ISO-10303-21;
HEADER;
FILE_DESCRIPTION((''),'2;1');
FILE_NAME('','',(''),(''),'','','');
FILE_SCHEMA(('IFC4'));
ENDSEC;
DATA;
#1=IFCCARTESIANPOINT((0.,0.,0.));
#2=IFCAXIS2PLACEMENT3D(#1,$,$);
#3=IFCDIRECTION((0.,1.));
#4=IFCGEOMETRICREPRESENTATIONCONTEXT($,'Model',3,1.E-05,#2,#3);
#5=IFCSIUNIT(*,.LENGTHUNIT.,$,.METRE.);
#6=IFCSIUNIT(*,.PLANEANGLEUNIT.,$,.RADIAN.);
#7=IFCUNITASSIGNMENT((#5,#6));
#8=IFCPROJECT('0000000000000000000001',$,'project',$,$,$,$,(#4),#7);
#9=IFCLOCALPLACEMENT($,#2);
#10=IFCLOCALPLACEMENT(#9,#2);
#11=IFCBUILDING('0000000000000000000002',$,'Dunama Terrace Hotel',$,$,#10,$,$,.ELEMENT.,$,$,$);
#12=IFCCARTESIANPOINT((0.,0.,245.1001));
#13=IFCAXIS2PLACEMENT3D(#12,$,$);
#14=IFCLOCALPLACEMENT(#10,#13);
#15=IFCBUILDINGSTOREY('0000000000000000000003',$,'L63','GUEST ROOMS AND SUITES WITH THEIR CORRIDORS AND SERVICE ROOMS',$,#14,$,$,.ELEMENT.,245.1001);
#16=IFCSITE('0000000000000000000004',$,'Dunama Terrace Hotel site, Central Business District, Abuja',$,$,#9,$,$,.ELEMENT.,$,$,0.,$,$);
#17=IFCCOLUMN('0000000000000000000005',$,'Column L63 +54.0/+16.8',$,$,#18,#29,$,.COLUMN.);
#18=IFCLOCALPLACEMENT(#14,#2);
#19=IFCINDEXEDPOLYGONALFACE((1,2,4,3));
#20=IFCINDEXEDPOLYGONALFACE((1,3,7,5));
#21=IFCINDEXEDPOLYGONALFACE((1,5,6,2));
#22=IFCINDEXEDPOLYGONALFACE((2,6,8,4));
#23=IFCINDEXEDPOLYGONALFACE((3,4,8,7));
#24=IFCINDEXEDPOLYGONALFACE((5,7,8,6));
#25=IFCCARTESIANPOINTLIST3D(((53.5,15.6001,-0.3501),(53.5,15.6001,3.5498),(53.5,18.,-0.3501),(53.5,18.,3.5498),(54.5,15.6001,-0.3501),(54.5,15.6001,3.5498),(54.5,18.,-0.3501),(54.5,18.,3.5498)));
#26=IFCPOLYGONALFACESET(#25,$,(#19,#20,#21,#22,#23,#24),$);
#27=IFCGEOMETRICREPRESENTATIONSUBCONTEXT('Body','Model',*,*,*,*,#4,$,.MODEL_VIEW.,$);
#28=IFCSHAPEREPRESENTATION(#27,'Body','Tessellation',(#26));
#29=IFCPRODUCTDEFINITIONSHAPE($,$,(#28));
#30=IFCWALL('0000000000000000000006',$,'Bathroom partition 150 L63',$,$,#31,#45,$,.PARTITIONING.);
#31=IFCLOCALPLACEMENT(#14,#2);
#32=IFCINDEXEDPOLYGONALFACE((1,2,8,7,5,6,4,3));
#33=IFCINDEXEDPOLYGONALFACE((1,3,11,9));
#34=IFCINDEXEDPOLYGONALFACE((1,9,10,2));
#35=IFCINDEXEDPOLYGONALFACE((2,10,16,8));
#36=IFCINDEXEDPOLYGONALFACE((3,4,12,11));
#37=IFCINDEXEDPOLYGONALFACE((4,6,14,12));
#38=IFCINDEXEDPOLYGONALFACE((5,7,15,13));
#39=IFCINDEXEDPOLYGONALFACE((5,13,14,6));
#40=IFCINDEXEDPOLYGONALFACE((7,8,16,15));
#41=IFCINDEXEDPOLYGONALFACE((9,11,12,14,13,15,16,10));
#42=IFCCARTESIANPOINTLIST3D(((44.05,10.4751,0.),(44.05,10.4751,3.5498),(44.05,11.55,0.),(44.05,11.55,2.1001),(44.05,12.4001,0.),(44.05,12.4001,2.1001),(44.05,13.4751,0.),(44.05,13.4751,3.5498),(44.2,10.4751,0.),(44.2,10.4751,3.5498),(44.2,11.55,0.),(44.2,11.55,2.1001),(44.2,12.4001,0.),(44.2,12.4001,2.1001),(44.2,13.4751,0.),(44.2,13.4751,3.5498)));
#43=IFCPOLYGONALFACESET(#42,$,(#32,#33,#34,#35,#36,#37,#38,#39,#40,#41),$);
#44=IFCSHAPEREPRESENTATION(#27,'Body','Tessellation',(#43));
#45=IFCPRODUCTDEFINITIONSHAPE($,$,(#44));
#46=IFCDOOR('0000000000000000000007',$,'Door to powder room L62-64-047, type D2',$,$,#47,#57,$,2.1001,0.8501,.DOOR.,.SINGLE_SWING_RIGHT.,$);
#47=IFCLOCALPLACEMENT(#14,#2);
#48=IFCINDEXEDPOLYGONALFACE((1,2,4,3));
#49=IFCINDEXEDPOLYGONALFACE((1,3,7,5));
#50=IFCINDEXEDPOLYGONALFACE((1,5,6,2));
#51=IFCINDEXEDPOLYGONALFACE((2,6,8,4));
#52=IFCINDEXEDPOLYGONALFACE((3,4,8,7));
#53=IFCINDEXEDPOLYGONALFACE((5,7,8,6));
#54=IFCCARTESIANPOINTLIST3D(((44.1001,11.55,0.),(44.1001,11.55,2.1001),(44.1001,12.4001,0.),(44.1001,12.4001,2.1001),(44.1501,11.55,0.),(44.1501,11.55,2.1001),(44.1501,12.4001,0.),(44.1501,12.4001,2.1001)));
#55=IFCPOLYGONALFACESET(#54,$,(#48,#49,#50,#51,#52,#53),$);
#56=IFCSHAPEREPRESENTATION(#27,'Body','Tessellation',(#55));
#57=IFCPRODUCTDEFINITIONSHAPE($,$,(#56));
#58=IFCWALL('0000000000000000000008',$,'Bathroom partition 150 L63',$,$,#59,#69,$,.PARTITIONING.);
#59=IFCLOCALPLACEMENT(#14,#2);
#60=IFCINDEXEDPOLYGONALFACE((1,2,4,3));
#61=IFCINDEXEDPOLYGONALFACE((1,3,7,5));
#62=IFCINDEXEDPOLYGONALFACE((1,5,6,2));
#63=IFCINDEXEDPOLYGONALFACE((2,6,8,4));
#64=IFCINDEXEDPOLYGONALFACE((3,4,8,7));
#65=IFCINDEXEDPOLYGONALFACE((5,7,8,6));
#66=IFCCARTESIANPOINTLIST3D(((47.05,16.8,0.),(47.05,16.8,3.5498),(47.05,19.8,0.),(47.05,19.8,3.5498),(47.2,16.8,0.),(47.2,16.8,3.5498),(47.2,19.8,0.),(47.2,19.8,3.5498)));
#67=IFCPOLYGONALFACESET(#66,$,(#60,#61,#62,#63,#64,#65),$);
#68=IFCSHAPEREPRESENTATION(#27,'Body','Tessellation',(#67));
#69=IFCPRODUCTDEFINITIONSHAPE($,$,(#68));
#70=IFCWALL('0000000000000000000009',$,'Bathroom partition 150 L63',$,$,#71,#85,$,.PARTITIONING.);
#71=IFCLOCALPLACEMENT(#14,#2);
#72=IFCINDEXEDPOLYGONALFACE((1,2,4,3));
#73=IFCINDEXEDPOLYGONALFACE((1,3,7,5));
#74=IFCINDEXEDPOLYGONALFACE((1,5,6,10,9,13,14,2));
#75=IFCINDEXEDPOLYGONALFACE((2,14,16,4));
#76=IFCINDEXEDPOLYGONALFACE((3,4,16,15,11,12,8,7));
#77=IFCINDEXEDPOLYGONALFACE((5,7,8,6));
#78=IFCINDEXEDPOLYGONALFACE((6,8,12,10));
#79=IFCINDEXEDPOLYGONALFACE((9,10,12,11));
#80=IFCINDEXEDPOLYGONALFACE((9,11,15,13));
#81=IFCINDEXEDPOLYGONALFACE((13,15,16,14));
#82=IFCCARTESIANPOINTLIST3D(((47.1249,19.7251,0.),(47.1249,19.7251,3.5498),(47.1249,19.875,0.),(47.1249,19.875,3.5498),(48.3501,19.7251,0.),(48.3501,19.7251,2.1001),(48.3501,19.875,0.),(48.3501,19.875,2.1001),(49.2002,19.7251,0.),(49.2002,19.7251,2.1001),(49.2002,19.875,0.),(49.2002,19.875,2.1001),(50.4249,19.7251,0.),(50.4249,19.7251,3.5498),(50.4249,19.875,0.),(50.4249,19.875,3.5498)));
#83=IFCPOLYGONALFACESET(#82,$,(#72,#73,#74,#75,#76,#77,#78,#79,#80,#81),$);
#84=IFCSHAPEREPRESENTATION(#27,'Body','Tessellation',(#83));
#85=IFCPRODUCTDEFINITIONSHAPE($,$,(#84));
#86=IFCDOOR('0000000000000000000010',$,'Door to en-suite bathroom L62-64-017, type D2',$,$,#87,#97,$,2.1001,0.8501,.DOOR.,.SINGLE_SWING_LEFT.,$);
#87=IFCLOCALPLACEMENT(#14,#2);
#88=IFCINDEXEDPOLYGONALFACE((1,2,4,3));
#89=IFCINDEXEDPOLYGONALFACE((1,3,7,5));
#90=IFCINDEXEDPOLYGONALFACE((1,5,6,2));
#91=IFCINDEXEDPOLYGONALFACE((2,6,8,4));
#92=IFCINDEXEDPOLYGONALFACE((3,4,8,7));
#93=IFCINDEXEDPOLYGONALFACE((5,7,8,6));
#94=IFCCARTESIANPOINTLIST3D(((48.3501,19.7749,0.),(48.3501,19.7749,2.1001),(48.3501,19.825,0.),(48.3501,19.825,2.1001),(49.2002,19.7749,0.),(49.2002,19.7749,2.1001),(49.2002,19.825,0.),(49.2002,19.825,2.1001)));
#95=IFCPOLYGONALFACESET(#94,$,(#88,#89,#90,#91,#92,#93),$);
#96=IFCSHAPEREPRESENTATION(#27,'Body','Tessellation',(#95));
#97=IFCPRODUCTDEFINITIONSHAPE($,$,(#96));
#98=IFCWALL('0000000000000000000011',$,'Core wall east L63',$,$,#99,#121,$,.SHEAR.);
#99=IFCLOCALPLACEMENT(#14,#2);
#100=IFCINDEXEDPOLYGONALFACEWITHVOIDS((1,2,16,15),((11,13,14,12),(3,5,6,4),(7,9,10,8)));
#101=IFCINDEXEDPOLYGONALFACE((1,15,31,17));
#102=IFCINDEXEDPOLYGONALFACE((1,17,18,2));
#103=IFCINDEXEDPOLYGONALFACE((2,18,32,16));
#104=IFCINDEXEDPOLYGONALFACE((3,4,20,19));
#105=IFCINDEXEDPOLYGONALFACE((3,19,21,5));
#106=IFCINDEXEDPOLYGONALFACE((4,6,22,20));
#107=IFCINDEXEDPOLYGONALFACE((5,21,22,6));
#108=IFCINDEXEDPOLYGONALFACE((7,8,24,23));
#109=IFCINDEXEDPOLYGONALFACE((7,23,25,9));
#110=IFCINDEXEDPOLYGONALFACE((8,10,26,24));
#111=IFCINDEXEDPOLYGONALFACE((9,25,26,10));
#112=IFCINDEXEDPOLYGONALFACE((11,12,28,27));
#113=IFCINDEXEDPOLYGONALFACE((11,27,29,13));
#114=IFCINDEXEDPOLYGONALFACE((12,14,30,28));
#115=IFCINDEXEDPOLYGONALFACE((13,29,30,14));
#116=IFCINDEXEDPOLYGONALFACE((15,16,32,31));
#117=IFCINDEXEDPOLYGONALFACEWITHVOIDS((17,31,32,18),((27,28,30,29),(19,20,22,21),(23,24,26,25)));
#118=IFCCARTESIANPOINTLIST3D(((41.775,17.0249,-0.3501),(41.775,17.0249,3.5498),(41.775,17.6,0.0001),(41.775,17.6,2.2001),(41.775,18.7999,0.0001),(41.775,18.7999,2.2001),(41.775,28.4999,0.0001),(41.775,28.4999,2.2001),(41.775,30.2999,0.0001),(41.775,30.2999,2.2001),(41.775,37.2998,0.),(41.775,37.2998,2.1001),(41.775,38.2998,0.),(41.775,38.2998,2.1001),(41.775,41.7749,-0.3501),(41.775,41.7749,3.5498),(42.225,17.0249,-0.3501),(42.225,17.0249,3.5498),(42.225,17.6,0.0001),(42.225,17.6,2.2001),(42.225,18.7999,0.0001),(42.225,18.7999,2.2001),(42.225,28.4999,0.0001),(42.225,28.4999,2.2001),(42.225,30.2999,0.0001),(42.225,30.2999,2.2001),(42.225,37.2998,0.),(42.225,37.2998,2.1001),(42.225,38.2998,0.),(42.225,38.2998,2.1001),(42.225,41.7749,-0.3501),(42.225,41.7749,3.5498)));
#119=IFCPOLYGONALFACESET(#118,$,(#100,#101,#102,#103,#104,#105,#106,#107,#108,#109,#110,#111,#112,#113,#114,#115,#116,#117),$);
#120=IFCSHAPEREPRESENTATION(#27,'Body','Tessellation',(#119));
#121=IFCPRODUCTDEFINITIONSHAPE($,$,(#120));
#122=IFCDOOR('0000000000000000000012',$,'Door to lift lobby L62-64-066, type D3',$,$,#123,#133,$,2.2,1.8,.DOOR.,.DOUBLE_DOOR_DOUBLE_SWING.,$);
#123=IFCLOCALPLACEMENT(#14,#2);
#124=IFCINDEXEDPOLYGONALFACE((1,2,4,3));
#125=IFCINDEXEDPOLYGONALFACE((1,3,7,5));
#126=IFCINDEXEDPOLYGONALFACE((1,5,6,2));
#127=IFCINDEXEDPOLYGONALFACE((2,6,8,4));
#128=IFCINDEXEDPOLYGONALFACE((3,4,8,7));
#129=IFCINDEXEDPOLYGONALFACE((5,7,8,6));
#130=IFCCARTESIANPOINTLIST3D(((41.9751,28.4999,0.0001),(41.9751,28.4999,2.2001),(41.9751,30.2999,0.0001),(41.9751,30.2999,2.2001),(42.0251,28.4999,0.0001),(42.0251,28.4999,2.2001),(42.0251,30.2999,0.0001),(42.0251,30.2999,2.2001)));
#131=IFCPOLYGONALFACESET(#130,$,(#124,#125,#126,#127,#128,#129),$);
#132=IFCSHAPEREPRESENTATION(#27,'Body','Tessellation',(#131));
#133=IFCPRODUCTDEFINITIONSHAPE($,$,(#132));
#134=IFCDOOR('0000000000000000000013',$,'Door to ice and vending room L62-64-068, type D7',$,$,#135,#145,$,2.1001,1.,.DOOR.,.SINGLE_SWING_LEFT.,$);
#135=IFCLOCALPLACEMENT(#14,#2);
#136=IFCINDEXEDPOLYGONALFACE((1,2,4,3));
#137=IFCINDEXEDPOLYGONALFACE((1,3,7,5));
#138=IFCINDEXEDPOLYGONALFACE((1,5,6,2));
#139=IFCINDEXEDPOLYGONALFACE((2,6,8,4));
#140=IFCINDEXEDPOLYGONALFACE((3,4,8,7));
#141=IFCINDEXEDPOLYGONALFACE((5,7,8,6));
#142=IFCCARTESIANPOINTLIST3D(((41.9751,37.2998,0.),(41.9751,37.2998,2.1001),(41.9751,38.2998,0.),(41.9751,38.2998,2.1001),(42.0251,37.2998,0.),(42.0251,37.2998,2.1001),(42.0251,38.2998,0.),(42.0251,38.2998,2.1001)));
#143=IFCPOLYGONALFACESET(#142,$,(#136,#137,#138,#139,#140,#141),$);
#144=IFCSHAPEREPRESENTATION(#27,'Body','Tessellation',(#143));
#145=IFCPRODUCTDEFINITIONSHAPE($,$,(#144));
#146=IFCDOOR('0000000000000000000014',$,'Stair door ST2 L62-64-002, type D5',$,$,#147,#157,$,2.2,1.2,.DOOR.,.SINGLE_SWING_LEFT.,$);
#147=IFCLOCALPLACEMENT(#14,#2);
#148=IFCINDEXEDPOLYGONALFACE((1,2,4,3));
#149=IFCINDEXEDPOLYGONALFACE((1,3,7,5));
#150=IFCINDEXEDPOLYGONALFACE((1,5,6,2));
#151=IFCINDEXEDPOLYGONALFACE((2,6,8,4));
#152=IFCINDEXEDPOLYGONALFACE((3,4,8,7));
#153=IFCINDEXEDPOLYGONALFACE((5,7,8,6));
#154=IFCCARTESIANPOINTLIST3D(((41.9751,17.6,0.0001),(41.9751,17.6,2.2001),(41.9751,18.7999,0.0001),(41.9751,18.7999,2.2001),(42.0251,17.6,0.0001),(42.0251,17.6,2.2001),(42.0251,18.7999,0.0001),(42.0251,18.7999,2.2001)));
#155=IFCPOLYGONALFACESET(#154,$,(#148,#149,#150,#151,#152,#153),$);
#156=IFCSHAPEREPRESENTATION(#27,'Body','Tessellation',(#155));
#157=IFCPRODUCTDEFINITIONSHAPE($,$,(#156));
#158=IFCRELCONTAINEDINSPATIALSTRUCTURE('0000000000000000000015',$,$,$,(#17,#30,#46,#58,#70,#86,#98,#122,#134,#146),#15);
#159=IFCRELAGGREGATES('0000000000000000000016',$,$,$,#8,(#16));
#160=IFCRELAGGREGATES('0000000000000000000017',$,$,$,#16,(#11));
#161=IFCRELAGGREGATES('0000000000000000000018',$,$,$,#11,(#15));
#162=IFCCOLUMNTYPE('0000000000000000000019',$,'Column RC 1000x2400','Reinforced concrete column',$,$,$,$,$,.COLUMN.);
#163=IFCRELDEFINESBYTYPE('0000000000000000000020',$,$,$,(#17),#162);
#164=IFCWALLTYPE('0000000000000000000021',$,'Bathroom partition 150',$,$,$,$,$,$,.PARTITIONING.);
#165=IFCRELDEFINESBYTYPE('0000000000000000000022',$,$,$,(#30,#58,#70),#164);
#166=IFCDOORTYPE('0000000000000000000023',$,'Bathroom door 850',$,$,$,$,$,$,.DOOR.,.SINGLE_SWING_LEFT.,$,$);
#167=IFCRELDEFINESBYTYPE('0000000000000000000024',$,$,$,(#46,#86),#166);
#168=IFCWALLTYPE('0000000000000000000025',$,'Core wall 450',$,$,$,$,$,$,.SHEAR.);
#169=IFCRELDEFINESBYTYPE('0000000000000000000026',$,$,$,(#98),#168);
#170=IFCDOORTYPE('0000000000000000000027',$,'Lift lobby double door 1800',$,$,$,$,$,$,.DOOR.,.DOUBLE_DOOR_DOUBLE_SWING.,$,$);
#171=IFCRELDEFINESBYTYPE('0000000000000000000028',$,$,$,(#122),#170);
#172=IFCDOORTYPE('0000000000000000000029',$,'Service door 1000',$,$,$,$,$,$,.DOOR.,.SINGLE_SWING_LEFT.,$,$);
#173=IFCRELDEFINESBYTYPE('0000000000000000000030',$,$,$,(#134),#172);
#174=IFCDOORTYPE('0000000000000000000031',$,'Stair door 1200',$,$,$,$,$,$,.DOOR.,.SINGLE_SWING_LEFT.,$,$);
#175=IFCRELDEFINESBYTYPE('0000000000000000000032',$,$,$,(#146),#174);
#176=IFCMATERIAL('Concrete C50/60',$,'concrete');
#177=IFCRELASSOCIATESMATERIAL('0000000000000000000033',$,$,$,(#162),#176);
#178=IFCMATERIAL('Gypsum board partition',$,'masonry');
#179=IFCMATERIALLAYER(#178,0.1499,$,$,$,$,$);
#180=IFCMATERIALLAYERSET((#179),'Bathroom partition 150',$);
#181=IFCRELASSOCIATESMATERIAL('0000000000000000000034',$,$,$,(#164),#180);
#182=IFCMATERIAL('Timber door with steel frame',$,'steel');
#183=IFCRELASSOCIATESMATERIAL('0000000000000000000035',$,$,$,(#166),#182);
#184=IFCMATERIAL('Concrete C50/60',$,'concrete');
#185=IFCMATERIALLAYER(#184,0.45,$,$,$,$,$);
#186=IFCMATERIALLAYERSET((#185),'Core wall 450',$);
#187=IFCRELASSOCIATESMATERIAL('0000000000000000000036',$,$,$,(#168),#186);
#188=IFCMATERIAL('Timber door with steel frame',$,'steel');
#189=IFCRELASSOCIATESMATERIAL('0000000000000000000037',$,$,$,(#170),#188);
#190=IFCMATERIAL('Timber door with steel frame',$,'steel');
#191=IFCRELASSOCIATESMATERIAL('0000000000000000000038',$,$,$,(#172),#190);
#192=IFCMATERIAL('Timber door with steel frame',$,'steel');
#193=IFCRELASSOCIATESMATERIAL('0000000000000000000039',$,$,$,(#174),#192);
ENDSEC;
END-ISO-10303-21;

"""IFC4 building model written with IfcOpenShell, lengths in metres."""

from ifc_helpers import new_model, si_unit, direction, frame, frame_2d, origin, origin_2d, place, context, subcontext, project, spatial, rectangle, extrude, material, layer, layer_set, material_profile, profile_set, type_object, element, fill, save


model = new_model("IFC4")

# Units and contexts
model_context = context("Model", 3, precision=1e-05, world=origin(), true_north=direction((0.0, 1.0)))
body_context = subcontext(model_context, "Body", "Model", "MODEL_VIEW")
ifc_project = project(units=[si_unit("LENGTHUNIT", "METRE"), si_unit("PLANEANGLEUNIT", "RADIAN")], contexts=[model_context])

# Site, building, storey
site_placement = place(None, origin())
site = spatial("IfcSite", under=ifc_project, at=site_placement, Name="Dunama Terrace Hotel site, Central Business District, Abuja", CompositionType="ELEMENT", RefElevation=0.0)
building_placement = place(site_placement, origin())
building = spatial("IfcBuilding", under=site, at=building_placement, Name="Dunama Terrace Hotel", CompositionType="ELEMENT")
storey_placement = place(building_placement, frame((0.0, 0.0, 245.1001)))
storey = spatial("IfcBuildingStorey", under=building, at=storey_placement, Name="L63", Description="GUEST ROOMS AND SUITES WITH THEIR CORRIDORS AND SERVICE ROOMS", CompositionType="ELEMENT", Elevation=245.1001)

# Column
ifc_material_1 = material(Name="Concrete C50/60", Category="concrete")
ifc_material_profile = material_profile(ifc_material_1, rectangle(XDim=1.0, YDim=2.3999, at=origin_2d()), Name="RC 1000x2400")
ifc_profile_set = profile_set([ifc_material_profile], Name="Concrete C50/60")
column_type = type_object("IfcColumnType", Name="Column RC 1000x2400", Description="Reinforced concrete column", PredefinedType="COLUMN", material=ifc_profile_set)
column_placement = place(storey_placement, frame((54.0, 16.8, -0.3501), z_axis=(0.0, 0.0, 1.0), x_axis=(1.0, 0.0, 0.0)))
element("IfcColumn", 1, at=column_placement, inside=storey, type_object=column_type, Name="Column L63 +54.0/+16.8", PredefinedType="COLUMN", context=body_context, shape_type="SweptSolid", body=[
    extrude(rectangle(XDim=1.0, YDim=2.3999, at=origin_2d()), origin(), (0.0, 0.0, 1.0), 3.8999),
])

# Wall, opening, door
ifc_material_2 = material(Name="Gypsum board partition", Category="masonry")
ifc_layer_1 = layer(ifc_material_2, 0.1499)
ifc_layer_set_1 = layer_set([ifc_layer_1], Name="Bathroom partition 150")
wall_type_1 = type_object("IfcWallType", Name="Bathroom partition 150", PredefinedType="PARTITIONING", material=ifc_layer_set_1)
wall_1_placement = place(storey_placement, frame((44.125, 10.4751, 0.0), z_axis=(0.0, 0.0, 1.0), x_axis=(0.0, 1.0, 0.0)))
wall_1 = element("IfcWall", 2, at=wall_1_placement, inside=storey, type_object=wall_type_1, Name="Bathroom partition 150 L63", PredefinedType="PARTITIONING", context=body_context, shape_type="SweptSolid", body=[
    extrude(rectangle(XDim=3.0, YDim=0.1499, at=frame_2d((1.5, 0.0))), origin(), (0.0, 0.0, 1.0), 3.5498),
])
opening_1_placement = place(wall_1_placement, frame((1.075, 0.0, 0.0)))
opening_1 = element("IfcOpeningElement", 3, at=opening_1_placement, cuts=wall_1, PredefinedType="OPENING", context=body_context, shape_type="SweptSolid", body=[
    extrude(rectangle(XDim=0.8501, YDim=2.1001, at=frame_2d((0.425, 1.05))), frame((0.0, 0.085, 0.0), z_axis=(0.0, -1.0, 0.0), x_axis=(1.0, 0.0, 0.0)), (0.0, 0.0, 1.0), 0.1699),
])
ifc_material_3 = material(Name="Timber door with steel frame", Category="steel")
door_type_1 = type_object("IfcDoorType", Name="Bathroom door 850", OperationType="SINGLE_SWING_LEFT", PredefinedType="DOOR", material=ifc_material_3)
door_1_placement = place(opening_1_placement, origin())
door_1 = element("IfcDoor", 4, at=door_1_placement, inside=storey, type_object=door_type_1, Name="Door to powder room L62-64-047, type D2", OperationType="SINGLE_SWING_RIGHT", OverallHeight=2.1001, OverallWidth=0.8501, PredefinedType="DOOR", context=body_context, shape_type="SweptSolid", body=[
    extrude(rectangle(XDim=0.8501, YDim=2.1001, at=frame_2d((0.425, 1.05))), frame((0.0, 0.0249, 0.0), z_axis=(0.0, -1.0, 0.0), x_axis=(1.0, 0.0, 0.0)), (0.0, 0.0, 1.0), 0.05),
])
fill(opening_1, door_1)

# Wall
wall_2_placement = place(storey_placement, frame((47.125, 16.8, 0.0), z_axis=(0.0, 0.0, 1.0), x_axis=(0.0, 1.0, 0.0)))
element("IfcWall", 5, at=wall_2_placement, inside=storey, type_object=wall_type_1, Name="Bathroom partition 150 L63", PredefinedType="PARTITIONING", context=body_context, shape_type="SweptSolid", body=[
    extrude(rectangle(XDim=3.0, YDim=0.1499, at=frame_2d((1.5, 0.0))), origin(), (0.0, 0.0, 1.0), 3.5498),
])

# Wall, opening, door
wall_3_placement = place(storey_placement, frame((47.125, 19.8, 0.0), z_axis=(0.0, 0.0, 1.0), x_axis=(1.0, 0.0, 0.0)))
wall_3 = element("IfcWall", 6, at=wall_3_placement, inside=storey, type_object=wall_type_1, Name="Bathroom partition 150 L63", PredefinedType="PARTITIONING", context=body_context, shape_type="SweptSolid", body=[
    extrude(rectangle(XDim=3.3, YDim=0.1499, at=frame_2d((1.6499, 0.0))), origin(), (0.0, 0.0, 1.0), 3.5498),
])
opening_2_placement = place(wall_3_placement, frame((1.2251, 0.0, 0.0)))
opening_2 = element("IfcOpeningElement", 7, at=opening_2_placement, cuts=wall_3, PredefinedType="OPENING", context=body_context, shape_type="SweptSolid", body=[
    extrude(rectangle(XDim=0.8501, YDim=2.1001, at=frame_2d((0.425, 1.05))), frame((0.0, 0.085, 0.0), z_axis=(0.0, -1.0, 0.0), x_axis=(1.0, 0.0, 0.0)), (0.0, 0.0, 1.0), 0.1699),
])
door_2_placement = place(opening_2_placement, frame((0.8501, 0.0, 0.0), z_axis=(0.0, 0.0, 1.0), x_axis=(-1.0, 0.0, 0.0)))
door_2 = element("IfcDoor", 8, at=door_2_placement, inside=storey, type_object=door_type_1, Name="Door to en-suite bathroom L62-64-017, type D2", OperationType="SINGLE_SWING_LEFT", OverallHeight=2.1001, OverallWidth=0.8501, PredefinedType="DOOR", context=body_context, shape_type="SweptSolid", body=[
    extrude(rectangle(XDim=0.8501, YDim=2.1001, at=frame_2d((0.425, 1.05))), frame((0.0, 0.0251, 0.0), z_axis=(0.0, -1.0, 0.0), x_axis=(1.0, 0.0, 0.0)), (0.0, 0.0, 1.0), 0.05),
])
fill(opening_2, door_2)

# Wall, openings, doors
ifc_material_4 = material(Name="Concrete C50/60", Category="concrete")
ifc_layer_2 = layer(ifc_material_4, 0.45)
ifc_layer_set_2 = layer_set([ifc_layer_2], Name="Core wall 450")
wall_type_2 = type_object("IfcWallType", Name="Core wall 450", PredefinedType="SHEAR", material=ifc_layer_set_2)
wall_4_placement = place(storey_placement, frame((42.0, 17.0249, -0.3501), z_axis=(0.0, 0.0, 1.0), x_axis=(0.0, 1.0, 0.0)))
wall_4 = element("IfcWall", 9, at=wall_4_placement, inside=storey, type_object=wall_type_2, Name="Core wall east L63", PredefinedType="SHEAR", context=body_context, shape_type="SweptSolid", body=[
    extrude(rectangle(XDim=24.75, YDim=0.45, at=frame_2d((12.375, 0.0))), origin(), (0.0, 0.0, 1.0), 3.8999),
])
opening_3_placement = place(wall_4_placement, frame((0.575, 0.0, 0.3501)))
opening_3 = element("IfcOpeningElement", 10, at=opening_3_placement, cuts=wall_4, PredefinedType="OPENING", context=body_context, shape_type="SweptSolid", body=[
    extrude(rectangle(XDim=1.2, YDim=2.2, at=frame_2d((0.6001, 1.1001))), frame((0.0, 0.2349, 0.0), z_axis=(0.0, -1.0, 0.0), x_axis=(1.0, 0.0, 0.0)), (0.0, 0.0, 1.0), 0.47),
])
opening_4_placement = place(wall_4_placement, frame((11.4751, 0.0, 0.3501)))
opening_4 = element("IfcOpeningElement", 11, at=opening_4_placement, cuts=wall_4, PredefinedType="OPENING", context=body_context, shape_type="SweptSolid", body=[
    extrude(rectangle(XDim=1.8, YDim=2.2, at=frame_2d((0.8999, 1.1001))), frame((0.0, 0.2349, 0.0), z_axis=(0.0, -1.0, 0.0), x_axis=(1.0, 0.0, 0.0)), (0.0, 0.0, 1.0), 0.47),
])
opening_5_placement = place(wall_4_placement, frame((20.2749, 0.0, 0.3501)))
opening_5 = element("IfcOpeningElement", 12, at=opening_5_placement, cuts=wall_4, PredefinedType="OPENING", context=body_context, shape_type="SweptSolid", body=[
    extrude(rectangle(XDim=1.0, YDim=2.1001, at=frame_2d((0.5, 1.05))), frame((0.0, 0.2349, 0.0), z_axis=(0.0, -1.0, 0.0), x_axis=(1.0, 0.0, 0.0)), (0.0, 0.0, 1.0), 0.47),
])
ifc_material_5 = material(Name="Timber door with steel frame", Category="steel")
door_type_2 = type_object("IfcDoorType", Name="Lift lobby double door 1800", OperationType="DOUBLE_DOOR_DOUBLE_SWING", PredefinedType="DOOR", material=ifc_material_5)
door_3_placement = place(opening_4_placement, origin())
door_3 = element("IfcDoor", 13, at=door_3_placement, inside=storey, type_object=door_type_2, Name="Door to lift lobby L62-64-066, type D3", OperationType="DOUBLE_DOOR_DOUBLE_SWING", OverallHeight=2.2, OverallWidth=1.8, PredefinedType="DOOR", context=body_context, shape_type="SweptSolid", body=[
    extrude(rectangle(XDim=1.8, YDim=2.2, at=frame_2d((0.8999, 1.1001))), frame((0.0, 0.0249, 0.0), z_axis=(0.0, -1.0, 0.0), x_axis=(1.0, 0.0, 0.0)), (0.0, 0.0, 1.0), 0.05),
])
fill(opening_4, door_3)
ifc_material_6 = material(Name="Timber door with steel frame", Category="steel")
door_type_3 = type_object("IfcDoorType", Name="Service door 1000", OperationType="SINGLE_SWING_LEFT", PredefinedType="DOOR", material=ifc_material_6)
door_4_placement = place(opening_5_placement, origin())
door_4 = element("IfcDoor", 14, at=door_4_placement, inside=storey, type_object=door_type_3, Name="Door to ice and vending room L62-64-068, type D7", OperationType="SINGLE_SWING_LEFT", OverallHeight=2.1001, OverallWidth=1.0, PredefinedType="DOOR", context=body_context, shape_type="SweptSolid", body=[
    extrude(rectangle(XDim=1.0, YDim=2.1001, at=frame_2d((0.5, 1.05))), frame((0.0, 0.0249, 0.0), z_axis=(0.0, -1.0, 0.0), x_axis=(1.0, 0.0, 0.0)), (0.0, 0.0, 1.0), 0.05),
])
fill(opening_5, door_4)
ifc_material_7 = material(Name="Timber door with steel frame", Category="steel")
door_type_4 = type_object("IfcDoorType", Name="Stair door 1200", OperationType="SINGLE_SWING_LEFT", PredefinedType="DOOR", material=ifc_material_7)
door_5_placement = place(opening_3_placement, origin())
door_5 = element("IfcDoor", 15, at=door_5_placement, inside=storey, type_object=door_type_4, Name="Stair door ST2 L62-64-002, type D5", OperationType="SINGLE_SWING_LEFT", OverallHeight=2.2, OverallWidth=1.2, PredefinedType="DOOR", context=body_context, shape_type="SweptSolid", body=[
    extrude(rectangle(XDim=1.2, YDim=2.2, at=frame_2d((0.6001, 1.1001))), frame((0.0, 0.0249, 0.0), z_axis=(0.0, -1.0, 0.0), x_axis=(1.0, 0.0, 0.0)), (0.0, 0.0, 1.0), 0.05),
])
fill(opening_3, door_5)

save(model, "model.ifc")
